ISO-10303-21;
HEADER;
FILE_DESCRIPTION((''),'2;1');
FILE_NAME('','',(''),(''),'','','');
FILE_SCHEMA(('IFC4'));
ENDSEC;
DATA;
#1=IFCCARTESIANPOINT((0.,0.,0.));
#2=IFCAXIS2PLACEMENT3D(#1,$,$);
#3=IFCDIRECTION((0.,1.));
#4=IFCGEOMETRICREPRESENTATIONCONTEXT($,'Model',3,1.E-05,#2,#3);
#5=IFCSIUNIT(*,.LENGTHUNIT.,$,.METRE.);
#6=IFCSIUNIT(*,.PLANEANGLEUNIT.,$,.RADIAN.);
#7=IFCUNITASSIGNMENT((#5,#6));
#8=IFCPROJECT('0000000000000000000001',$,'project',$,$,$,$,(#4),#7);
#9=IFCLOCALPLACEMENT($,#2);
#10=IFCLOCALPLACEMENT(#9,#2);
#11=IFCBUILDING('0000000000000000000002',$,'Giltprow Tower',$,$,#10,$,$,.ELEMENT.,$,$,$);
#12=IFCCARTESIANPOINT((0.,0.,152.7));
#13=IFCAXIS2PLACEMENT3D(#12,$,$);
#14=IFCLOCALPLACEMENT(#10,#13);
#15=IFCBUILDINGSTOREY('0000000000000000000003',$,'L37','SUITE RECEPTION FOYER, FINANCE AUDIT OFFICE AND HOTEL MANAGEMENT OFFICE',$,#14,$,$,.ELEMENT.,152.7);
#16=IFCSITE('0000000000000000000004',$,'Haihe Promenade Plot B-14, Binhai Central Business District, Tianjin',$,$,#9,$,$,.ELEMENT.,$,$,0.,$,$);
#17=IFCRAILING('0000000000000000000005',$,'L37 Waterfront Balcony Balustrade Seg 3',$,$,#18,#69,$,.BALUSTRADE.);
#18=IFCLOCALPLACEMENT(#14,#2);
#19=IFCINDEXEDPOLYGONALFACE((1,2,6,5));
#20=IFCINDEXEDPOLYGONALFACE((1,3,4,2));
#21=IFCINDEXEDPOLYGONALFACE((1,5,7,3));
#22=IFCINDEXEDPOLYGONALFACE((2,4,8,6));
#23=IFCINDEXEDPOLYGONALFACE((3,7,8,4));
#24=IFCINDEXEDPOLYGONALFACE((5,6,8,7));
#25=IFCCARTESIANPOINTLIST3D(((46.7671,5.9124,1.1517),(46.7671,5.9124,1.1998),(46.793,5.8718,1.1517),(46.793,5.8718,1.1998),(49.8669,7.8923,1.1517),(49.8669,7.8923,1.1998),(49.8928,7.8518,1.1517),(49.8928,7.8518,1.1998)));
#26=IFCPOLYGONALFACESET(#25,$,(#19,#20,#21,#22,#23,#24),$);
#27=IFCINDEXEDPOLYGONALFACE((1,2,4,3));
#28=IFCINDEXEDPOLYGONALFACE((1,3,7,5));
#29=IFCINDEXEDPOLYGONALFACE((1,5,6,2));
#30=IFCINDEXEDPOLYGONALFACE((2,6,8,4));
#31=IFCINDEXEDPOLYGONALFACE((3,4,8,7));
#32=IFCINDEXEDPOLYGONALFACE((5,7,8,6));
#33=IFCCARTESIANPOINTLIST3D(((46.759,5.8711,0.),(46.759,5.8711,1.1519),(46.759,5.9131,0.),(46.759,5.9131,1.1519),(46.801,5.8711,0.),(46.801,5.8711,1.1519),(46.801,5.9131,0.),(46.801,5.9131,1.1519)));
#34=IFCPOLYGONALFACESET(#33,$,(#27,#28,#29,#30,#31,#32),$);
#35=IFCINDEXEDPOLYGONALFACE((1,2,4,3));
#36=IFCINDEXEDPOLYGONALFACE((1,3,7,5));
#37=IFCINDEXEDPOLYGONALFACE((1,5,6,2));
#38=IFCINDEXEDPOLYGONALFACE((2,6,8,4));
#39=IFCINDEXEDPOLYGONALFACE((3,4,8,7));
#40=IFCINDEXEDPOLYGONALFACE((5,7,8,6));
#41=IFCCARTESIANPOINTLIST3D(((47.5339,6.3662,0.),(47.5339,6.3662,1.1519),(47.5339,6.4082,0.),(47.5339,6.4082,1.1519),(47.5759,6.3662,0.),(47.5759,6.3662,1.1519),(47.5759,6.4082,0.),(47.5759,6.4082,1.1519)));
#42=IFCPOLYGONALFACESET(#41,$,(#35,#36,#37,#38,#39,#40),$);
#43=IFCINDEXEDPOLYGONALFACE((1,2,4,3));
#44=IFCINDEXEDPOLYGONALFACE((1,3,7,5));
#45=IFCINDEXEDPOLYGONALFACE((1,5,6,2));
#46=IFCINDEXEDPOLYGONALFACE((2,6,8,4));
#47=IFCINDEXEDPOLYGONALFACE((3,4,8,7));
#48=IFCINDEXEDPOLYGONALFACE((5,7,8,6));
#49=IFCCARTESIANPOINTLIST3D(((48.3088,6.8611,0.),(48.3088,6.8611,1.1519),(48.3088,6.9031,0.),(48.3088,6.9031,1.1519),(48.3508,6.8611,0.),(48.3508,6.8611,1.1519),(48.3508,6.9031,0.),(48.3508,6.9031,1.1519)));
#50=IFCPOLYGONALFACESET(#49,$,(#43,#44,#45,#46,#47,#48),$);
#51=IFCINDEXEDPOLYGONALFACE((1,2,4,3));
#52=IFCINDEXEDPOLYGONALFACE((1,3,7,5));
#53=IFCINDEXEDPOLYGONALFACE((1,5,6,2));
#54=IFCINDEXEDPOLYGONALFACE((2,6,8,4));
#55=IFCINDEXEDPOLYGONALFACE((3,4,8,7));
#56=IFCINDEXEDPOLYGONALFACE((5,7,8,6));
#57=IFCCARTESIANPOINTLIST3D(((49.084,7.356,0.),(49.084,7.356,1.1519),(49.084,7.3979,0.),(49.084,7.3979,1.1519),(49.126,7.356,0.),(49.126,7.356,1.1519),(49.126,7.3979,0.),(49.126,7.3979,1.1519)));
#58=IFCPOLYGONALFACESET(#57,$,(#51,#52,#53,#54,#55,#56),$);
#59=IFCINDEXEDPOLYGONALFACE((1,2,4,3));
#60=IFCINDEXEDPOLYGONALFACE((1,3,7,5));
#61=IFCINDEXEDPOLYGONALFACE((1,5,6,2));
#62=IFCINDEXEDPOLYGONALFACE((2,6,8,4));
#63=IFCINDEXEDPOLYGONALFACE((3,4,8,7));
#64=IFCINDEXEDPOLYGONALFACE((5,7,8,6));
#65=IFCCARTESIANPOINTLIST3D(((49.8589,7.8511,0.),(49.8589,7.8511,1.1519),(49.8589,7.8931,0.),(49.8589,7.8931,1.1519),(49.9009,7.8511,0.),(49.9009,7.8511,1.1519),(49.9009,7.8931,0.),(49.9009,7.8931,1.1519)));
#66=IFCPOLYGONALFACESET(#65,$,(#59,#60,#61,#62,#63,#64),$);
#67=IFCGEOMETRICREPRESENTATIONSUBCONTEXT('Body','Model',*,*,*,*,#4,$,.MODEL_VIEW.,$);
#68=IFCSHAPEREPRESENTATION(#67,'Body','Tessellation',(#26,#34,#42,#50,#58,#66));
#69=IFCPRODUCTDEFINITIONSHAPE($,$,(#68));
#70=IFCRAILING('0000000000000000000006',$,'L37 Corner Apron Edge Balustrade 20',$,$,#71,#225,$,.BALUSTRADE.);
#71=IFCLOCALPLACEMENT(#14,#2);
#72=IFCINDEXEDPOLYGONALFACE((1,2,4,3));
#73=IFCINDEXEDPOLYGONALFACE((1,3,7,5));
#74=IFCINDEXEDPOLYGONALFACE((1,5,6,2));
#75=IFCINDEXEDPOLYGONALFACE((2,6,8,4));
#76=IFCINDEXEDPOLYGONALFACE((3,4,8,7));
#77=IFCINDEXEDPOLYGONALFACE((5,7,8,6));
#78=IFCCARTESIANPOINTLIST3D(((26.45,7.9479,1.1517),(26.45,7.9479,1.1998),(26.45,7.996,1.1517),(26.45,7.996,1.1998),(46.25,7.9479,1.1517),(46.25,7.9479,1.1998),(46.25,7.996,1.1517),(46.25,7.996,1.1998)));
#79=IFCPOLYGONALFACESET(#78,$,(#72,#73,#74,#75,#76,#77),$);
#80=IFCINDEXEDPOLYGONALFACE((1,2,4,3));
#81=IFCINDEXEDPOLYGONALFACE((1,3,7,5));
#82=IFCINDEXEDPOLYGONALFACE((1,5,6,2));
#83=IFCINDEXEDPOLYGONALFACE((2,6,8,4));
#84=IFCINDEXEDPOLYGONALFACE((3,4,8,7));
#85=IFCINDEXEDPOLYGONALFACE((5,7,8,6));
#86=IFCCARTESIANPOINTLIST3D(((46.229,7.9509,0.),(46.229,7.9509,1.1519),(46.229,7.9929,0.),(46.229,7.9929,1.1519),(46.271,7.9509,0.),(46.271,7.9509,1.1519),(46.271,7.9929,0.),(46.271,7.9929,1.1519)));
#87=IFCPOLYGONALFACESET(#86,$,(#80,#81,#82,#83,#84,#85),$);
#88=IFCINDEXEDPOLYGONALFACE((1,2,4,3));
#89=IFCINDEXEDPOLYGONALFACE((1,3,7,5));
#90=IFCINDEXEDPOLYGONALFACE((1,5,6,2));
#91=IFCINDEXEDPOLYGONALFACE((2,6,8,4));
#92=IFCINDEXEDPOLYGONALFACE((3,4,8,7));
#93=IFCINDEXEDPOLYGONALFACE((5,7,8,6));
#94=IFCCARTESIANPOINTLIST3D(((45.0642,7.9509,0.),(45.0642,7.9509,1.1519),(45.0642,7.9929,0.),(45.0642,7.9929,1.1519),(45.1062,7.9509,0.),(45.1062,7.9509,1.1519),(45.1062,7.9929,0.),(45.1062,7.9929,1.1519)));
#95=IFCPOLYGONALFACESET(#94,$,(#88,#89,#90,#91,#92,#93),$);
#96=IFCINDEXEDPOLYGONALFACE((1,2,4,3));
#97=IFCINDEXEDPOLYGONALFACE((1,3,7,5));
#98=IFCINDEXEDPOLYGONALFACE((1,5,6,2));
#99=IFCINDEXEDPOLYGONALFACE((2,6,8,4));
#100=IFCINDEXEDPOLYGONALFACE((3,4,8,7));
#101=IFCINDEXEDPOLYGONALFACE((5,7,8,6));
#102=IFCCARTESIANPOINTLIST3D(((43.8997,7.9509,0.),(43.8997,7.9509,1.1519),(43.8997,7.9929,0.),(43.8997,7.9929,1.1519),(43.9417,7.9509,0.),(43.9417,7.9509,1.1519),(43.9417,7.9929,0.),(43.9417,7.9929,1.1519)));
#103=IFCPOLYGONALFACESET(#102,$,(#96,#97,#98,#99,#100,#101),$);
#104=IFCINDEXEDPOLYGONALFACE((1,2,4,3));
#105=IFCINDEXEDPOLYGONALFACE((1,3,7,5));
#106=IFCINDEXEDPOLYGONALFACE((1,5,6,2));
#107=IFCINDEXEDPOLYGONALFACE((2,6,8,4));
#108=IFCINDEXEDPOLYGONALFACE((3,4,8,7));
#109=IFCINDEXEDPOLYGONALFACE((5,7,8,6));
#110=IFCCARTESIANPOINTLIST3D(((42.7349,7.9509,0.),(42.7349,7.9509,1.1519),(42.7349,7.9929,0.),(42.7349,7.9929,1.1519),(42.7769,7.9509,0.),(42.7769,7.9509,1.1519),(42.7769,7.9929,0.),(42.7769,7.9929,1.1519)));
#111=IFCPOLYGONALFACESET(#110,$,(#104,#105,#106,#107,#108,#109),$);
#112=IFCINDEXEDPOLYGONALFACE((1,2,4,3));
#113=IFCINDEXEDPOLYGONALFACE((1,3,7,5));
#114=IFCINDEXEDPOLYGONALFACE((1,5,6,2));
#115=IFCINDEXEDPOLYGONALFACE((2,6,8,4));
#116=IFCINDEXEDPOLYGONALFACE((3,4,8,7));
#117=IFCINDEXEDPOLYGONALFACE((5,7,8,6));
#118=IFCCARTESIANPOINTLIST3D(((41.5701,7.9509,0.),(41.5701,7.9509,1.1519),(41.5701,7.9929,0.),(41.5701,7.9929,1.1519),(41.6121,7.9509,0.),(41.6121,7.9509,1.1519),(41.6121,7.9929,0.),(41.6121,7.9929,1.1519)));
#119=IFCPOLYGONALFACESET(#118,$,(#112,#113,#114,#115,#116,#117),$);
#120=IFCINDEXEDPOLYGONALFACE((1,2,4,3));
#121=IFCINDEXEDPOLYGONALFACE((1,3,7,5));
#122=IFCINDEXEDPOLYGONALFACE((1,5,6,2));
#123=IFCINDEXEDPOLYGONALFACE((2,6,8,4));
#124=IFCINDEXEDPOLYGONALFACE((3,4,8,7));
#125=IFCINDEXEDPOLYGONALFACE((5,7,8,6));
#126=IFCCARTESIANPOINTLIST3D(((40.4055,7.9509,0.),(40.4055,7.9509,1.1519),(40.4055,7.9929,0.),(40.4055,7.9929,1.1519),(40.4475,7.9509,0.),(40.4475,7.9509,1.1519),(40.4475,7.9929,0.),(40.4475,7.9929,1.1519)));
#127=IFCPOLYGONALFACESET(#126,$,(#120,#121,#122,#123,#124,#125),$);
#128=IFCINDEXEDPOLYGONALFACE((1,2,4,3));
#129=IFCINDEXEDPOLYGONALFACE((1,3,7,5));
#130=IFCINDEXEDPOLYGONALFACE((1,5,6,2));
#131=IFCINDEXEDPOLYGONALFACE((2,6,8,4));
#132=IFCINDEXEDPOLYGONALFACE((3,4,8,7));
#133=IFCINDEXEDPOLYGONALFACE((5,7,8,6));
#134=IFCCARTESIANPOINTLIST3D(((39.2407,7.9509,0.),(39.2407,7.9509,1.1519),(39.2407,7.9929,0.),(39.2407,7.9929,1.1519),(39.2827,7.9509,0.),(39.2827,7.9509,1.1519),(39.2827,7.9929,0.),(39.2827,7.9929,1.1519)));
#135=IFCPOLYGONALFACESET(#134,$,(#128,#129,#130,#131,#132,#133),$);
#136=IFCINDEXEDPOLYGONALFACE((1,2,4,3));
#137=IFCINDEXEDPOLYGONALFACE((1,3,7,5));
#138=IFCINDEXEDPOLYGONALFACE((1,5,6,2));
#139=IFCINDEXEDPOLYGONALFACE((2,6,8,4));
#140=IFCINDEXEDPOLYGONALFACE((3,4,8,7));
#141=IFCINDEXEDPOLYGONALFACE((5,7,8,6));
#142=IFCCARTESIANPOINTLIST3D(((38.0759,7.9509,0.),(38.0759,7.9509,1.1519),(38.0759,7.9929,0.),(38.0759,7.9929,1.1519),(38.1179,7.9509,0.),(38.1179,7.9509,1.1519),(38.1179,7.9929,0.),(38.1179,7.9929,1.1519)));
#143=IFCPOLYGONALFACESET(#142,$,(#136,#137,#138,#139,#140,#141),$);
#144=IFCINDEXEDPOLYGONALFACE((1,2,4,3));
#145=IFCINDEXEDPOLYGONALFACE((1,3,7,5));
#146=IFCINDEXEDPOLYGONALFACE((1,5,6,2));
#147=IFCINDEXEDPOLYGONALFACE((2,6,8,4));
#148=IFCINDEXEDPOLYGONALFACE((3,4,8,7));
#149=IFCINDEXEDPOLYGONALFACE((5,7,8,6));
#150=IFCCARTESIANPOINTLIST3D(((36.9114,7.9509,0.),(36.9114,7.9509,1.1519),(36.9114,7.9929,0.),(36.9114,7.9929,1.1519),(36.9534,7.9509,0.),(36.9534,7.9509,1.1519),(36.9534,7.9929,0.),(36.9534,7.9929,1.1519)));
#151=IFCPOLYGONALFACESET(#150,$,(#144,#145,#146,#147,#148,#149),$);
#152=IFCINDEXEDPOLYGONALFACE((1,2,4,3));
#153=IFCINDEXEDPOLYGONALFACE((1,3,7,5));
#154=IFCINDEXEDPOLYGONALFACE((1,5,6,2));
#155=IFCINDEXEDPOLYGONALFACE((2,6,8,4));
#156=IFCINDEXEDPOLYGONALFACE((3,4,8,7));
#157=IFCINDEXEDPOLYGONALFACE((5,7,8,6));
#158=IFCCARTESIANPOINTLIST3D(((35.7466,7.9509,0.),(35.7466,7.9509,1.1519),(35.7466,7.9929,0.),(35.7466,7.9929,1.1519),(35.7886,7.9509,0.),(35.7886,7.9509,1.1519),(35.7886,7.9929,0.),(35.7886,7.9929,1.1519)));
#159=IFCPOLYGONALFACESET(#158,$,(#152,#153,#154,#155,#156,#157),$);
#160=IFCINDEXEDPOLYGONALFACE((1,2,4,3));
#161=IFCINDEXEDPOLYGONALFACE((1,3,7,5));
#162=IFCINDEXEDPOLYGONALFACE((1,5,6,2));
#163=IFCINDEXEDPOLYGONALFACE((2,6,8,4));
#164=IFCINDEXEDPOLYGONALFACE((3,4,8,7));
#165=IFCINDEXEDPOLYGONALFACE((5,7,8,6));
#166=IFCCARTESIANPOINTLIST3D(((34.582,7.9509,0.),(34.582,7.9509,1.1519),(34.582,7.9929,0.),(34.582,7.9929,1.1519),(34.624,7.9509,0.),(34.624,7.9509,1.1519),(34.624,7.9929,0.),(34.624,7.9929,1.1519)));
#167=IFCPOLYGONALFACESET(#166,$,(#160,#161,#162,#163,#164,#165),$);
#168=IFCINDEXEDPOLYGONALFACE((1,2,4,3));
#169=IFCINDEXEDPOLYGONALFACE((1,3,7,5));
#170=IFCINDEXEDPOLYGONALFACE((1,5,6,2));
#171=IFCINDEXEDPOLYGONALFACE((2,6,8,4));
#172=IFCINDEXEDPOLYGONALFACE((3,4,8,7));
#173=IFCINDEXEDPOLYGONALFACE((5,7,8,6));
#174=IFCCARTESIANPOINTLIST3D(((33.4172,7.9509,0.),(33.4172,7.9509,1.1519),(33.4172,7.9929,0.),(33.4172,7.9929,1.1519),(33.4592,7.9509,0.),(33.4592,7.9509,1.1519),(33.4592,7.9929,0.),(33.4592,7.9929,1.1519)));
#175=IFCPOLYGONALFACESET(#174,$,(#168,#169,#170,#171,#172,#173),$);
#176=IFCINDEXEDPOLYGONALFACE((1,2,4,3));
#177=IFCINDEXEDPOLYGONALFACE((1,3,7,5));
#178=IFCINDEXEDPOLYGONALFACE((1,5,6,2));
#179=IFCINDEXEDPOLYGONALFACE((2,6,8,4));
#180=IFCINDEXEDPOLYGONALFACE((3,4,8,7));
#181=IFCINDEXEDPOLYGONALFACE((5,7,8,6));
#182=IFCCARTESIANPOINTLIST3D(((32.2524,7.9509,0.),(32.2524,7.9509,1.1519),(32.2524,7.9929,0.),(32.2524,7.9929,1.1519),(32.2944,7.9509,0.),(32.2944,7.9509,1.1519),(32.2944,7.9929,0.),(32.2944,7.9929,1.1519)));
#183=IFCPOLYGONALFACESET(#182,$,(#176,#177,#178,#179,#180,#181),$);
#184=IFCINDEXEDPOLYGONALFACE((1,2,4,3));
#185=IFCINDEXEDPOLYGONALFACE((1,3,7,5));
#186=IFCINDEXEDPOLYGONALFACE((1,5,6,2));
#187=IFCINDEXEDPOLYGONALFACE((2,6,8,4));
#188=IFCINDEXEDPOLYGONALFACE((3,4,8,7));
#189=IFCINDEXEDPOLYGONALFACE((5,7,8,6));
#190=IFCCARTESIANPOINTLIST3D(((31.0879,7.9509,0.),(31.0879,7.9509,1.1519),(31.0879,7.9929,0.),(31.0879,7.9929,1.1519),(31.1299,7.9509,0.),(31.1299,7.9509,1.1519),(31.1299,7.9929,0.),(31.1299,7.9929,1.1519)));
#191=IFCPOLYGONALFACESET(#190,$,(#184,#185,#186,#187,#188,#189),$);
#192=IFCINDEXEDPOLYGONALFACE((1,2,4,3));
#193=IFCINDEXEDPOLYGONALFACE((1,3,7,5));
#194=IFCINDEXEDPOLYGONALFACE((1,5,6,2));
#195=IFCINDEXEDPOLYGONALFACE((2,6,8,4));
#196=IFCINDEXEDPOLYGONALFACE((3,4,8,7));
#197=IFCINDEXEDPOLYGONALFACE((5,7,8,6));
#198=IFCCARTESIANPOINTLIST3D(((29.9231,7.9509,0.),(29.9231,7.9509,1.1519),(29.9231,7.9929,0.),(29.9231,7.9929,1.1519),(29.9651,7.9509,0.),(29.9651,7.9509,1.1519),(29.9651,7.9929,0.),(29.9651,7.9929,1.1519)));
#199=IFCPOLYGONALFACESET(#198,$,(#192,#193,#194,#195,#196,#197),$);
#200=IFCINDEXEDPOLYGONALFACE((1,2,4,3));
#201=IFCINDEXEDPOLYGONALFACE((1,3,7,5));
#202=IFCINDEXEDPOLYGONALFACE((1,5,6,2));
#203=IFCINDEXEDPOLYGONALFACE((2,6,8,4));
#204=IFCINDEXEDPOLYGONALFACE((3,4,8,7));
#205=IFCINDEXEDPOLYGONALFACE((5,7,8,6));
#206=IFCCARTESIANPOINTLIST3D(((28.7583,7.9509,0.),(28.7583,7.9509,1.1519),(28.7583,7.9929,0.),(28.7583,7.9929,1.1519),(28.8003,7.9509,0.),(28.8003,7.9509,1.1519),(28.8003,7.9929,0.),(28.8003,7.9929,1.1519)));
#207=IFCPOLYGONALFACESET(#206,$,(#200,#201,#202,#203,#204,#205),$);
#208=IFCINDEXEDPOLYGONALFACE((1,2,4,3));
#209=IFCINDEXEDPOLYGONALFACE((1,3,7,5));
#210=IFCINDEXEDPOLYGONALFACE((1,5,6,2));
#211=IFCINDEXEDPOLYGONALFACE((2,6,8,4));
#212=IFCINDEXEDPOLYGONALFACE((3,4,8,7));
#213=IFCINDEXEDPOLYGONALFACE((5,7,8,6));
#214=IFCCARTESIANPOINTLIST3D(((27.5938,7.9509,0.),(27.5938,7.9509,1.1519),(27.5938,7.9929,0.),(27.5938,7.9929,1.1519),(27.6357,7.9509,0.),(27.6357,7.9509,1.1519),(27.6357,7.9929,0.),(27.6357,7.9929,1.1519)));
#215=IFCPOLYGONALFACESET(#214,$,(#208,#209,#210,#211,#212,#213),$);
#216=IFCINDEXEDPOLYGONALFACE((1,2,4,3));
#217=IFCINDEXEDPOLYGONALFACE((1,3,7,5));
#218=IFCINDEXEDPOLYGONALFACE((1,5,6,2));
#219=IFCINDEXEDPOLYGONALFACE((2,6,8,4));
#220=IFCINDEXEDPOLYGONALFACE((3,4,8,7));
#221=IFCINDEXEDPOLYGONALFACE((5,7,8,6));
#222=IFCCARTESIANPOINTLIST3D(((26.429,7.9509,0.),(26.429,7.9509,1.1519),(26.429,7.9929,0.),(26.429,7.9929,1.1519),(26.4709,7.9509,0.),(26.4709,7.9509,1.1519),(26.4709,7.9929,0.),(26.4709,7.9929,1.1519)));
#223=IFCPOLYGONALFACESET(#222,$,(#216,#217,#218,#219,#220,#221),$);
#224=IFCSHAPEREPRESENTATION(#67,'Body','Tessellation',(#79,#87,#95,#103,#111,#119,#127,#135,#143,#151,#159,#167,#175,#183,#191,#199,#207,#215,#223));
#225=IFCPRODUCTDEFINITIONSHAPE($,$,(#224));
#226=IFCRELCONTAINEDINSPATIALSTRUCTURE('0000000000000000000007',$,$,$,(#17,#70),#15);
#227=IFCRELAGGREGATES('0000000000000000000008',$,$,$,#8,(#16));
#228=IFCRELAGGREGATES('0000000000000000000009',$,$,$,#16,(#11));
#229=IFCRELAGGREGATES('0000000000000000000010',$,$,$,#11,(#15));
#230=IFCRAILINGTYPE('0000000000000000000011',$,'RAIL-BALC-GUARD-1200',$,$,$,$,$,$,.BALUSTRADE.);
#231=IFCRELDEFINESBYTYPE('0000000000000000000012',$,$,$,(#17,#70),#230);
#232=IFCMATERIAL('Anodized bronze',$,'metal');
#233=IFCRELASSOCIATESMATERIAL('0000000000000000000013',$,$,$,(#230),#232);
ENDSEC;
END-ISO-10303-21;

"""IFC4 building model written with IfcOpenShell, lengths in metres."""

from ifc_helpers import new_model, si_unit, direction, frame, origin, origin_2d, place, context, subcontext, project, spatial, rectangle, extrude, material, type_object, element, save


model = new_model("IFC4")

# Units and contexts
model_context = context("Model", 3, precision=1e-05, world=origin(), true_north=direction((0.0, 1.0)))
body_context = subcontext(model_context, "Body", "Model", "MODEL_VIEW")
ifc_project = project(units=[si_unit("LENGTHUNIT", "METRE"), si_unit("PLANEANGLEUNIT", "RADIAN")], contexts=[model_context])

# Site, building, storey
site_placement = place(None, origin())
site = spatial("IfcSite", under=ifc_project, at=site_placement, Name="Haihe Promenade Plot B-14, Binhai Central Business District, Tianjin", CompositionType="ELEMENT", RefElevation=0.0)
building_placement = place(site_placement, origin())
building = spatial("IfcBuilding", under=site, at=building_placement, Name="Giltprow Tower", CompositionType="ELEMENT")
storey_placement = place(building_placement, frame((0.0, 0.0, 152.7)))
storey = spatial("IfcBuildingStorey", under=building, at=storey_placement, Name="L37", Description="SUITE RECEPTION FOYER, FINANCE AUDIT OFFICE AND HOTEL MANAGEMENT OFFICE", CompositionType="ELEMENT", Elevation=152.7)

# Shared definitions
ifc_material_1 = material(Name="Anodized bronze", Category="metal")

# Railings
railing_type = type_object("IfcRailingType", Name="RAIL-BALC-GUARD-1200", PredefinedType="BALUSTRADE", material=ifc_material_1)
railing_1_placement = place(storey_placement, frame((46.78, 5.8921, 0.0)))
element("IfcRailing", 1, at=railing_1_placement, inside=storey, type_object=railing_type, Name="L37 Waterfront Balcony Balustrade Seg 3", PredefinedType="BALUSTRADE", context=body_context, shape_type="SweptSolid", body=[
    extrude(rectangle(XDim=0.0481, YDim=0.0481, at=origin_2d()), frame((0.0, 0.0, 1.1758), z_axis=(0.842756, 0.538296, 0.0), x_axis=(-0.538296, 0.842756, 0.0)), (0.0, 0.0, 1.0), 3.6782),
    extrude(rectangle(XDim=0.042, YDim=0.042, at=origin_2d()), origin(), (0.0, 0.0, 1.0), 1.1519),
    extrude(rectangle(XDim=0.042, YDim=0.042, at=origin_2d()), frame((0.7749, 0.4951, 0.0)), (0.0, 0.0, 1.0), 1.1519),
    extrude(rectangle(XDim=0.042, YDim=0.042, at=origin_2d()), frame((1.5498, 0.99, 0.0)), (0.0, 0.0, 1.0), 1.1519),
    extrude(rectangle(XDim=0.042, YDim=0.042, at=origin_2d()), frame((2.325, 1.4849, 0.0)), (0.0, 0.0, 1.0), 1.1519),
    extrude(rectangle(XDim=0.042, YDim=0.042, at=origin_2d()), frame((3.0999, 1.98, 0.0)), (0.0, 0.0, 1.0), 1.1519),
])
railing_2_placement = place(storey_placement, frame((46.25, 7.9719, 0.0)))
element("IfcRailing", 2, at=railing_2_placement, inside=storey, type_object=railing_type, Name="L37 Corner Apron Edge Balustrade 20", PredefinedType="BALUSTRADE", context=body_context, shape_type="SweptSolid", body=[
    extrude(rectangle(XDim=0.0481, YDim=0.0481, at=origin_2d()), frame((0.0, 0.0, 1.1758), z_axis=(-1.0, 0.0, 0.0), x_axis=(0.0, -1.0, 0.0)), (0.0, 0.0, 1.0), 19.8),
    extrude(rectangle(XDim=0.042, YDim=0.042, at=origin_2d()), origin(), (0.0, 0.0, 1.0), 1.1519),
    extrude(rectangle(XDim=0.042, YDim=0.042, at=origin_2d()), frame((-1.1648, 0.0, 0.0)), (0.0, 0.0, 1.0), 1.1519),
    extrude(rectangle(XDim=0.042, YDim=0.042, at=origin_2d()), frame((-2.3293, 0.0, 0.0)), (0.0, 0.0, 1.0), 1.1519),
    extrude(rectangle(XDim=0.042, YDim=0.042, at=origin_2d()), frame((-3.4941, 0.0, 0.0)), (0.0, 0.0, 1.0), 1.1519),
    extrude(rectangle(XDim=0.042, YDim=0.042, at=origin_2d()), frame((-4.6589, 0.0, 0.0)), (0.0, 0.0, 1.0), 1.1519),
    extrude(rectangle(XDim=0.042, YDim=0.042, at=origin_2d()), frame((-5.8235, 0.0, 0.0)), (0.0, 0.0, 1.0), 1.1519),
    extrude(rectangle(XDim=0.042, YDim=0.042, at=origin_2d()), frame((-6.9883, 0.0, 0.0)), (0.0, 0.0, 1.0), 1.1519),
    extrude(rectangle(XDim=0.042, YDim=0.042, at=origin_2d()), frame((-8.1531, 0.0, 0.0)), (0.0, 0.0, 1.0), 1.1519),
    extrude(rectangle(XDim=0.042, YDim=0.042, at=origin_2d()), frame((-9.3176, 0.0, 0.0)), (0.0, 0.0, 1.0), 1.1519),
    extrude(rectangle(XDim=0.042, YDim=0.042, at=origin_2d()), frame((-10.4824, 0.0, 0.0)), (0.0, 0.0, 1.0), 1.1519),
    extrude(rectangle(XDim=0.042, YDim=0.042, at=origin_2d()), frame((-11.647, 0.0, 0.0)), (0.0, 0.0, 1.0), 1.1519),
    extrude(rectangle(XDim=0.042, YDim=0.042, at=origin_2d()), frame((-12.8118, 0.0, 0.0)), (0.0, 0.0, 1.0), 1.1519),
    extrude(rectangle(XDim=0.042, YDim=0.042, at=origin_2d()), frame((-13.9766, 0.0, 0.0)), (0.0, 0.0, 1.0), 1.1519),
    extrude(rectangle(XDim=0.042, YDim=0.042, at=origin_2d()), frame((-15.1411, 0.0, 0.0)), (0.0, 0.0, 1.0), 1.1519),
    extrude(rectangle(XDim=0.042, YDim=0.042, at=origin_2d()), frame((-16.3059, 0.0, 0.0)), (0.0, 0.0, 1.0), 1.1519),
    extrude(rectangle(XDim=0.042, YDim=0.042, at=origin_2d()), frame((-17.4707, 0.0, 0.0)), (0.0, 0.0, 1.0), 1.1519),
    extrude(rectangle(XDim=0.042, YDim=0.042, at=origin_2d()), frame((-18.6353, 0.0, 0.0)), (0.0, 0.0, 1.0), 1.1519),
    extrude(rectangle(XDim=0.042, YDim=0.042, at=origin_2d()), frame((-19.8, 0.0, 0.0)), (0.0, 0.0, 1.0), 1.1519),
])

save(model, "model.ifc")
